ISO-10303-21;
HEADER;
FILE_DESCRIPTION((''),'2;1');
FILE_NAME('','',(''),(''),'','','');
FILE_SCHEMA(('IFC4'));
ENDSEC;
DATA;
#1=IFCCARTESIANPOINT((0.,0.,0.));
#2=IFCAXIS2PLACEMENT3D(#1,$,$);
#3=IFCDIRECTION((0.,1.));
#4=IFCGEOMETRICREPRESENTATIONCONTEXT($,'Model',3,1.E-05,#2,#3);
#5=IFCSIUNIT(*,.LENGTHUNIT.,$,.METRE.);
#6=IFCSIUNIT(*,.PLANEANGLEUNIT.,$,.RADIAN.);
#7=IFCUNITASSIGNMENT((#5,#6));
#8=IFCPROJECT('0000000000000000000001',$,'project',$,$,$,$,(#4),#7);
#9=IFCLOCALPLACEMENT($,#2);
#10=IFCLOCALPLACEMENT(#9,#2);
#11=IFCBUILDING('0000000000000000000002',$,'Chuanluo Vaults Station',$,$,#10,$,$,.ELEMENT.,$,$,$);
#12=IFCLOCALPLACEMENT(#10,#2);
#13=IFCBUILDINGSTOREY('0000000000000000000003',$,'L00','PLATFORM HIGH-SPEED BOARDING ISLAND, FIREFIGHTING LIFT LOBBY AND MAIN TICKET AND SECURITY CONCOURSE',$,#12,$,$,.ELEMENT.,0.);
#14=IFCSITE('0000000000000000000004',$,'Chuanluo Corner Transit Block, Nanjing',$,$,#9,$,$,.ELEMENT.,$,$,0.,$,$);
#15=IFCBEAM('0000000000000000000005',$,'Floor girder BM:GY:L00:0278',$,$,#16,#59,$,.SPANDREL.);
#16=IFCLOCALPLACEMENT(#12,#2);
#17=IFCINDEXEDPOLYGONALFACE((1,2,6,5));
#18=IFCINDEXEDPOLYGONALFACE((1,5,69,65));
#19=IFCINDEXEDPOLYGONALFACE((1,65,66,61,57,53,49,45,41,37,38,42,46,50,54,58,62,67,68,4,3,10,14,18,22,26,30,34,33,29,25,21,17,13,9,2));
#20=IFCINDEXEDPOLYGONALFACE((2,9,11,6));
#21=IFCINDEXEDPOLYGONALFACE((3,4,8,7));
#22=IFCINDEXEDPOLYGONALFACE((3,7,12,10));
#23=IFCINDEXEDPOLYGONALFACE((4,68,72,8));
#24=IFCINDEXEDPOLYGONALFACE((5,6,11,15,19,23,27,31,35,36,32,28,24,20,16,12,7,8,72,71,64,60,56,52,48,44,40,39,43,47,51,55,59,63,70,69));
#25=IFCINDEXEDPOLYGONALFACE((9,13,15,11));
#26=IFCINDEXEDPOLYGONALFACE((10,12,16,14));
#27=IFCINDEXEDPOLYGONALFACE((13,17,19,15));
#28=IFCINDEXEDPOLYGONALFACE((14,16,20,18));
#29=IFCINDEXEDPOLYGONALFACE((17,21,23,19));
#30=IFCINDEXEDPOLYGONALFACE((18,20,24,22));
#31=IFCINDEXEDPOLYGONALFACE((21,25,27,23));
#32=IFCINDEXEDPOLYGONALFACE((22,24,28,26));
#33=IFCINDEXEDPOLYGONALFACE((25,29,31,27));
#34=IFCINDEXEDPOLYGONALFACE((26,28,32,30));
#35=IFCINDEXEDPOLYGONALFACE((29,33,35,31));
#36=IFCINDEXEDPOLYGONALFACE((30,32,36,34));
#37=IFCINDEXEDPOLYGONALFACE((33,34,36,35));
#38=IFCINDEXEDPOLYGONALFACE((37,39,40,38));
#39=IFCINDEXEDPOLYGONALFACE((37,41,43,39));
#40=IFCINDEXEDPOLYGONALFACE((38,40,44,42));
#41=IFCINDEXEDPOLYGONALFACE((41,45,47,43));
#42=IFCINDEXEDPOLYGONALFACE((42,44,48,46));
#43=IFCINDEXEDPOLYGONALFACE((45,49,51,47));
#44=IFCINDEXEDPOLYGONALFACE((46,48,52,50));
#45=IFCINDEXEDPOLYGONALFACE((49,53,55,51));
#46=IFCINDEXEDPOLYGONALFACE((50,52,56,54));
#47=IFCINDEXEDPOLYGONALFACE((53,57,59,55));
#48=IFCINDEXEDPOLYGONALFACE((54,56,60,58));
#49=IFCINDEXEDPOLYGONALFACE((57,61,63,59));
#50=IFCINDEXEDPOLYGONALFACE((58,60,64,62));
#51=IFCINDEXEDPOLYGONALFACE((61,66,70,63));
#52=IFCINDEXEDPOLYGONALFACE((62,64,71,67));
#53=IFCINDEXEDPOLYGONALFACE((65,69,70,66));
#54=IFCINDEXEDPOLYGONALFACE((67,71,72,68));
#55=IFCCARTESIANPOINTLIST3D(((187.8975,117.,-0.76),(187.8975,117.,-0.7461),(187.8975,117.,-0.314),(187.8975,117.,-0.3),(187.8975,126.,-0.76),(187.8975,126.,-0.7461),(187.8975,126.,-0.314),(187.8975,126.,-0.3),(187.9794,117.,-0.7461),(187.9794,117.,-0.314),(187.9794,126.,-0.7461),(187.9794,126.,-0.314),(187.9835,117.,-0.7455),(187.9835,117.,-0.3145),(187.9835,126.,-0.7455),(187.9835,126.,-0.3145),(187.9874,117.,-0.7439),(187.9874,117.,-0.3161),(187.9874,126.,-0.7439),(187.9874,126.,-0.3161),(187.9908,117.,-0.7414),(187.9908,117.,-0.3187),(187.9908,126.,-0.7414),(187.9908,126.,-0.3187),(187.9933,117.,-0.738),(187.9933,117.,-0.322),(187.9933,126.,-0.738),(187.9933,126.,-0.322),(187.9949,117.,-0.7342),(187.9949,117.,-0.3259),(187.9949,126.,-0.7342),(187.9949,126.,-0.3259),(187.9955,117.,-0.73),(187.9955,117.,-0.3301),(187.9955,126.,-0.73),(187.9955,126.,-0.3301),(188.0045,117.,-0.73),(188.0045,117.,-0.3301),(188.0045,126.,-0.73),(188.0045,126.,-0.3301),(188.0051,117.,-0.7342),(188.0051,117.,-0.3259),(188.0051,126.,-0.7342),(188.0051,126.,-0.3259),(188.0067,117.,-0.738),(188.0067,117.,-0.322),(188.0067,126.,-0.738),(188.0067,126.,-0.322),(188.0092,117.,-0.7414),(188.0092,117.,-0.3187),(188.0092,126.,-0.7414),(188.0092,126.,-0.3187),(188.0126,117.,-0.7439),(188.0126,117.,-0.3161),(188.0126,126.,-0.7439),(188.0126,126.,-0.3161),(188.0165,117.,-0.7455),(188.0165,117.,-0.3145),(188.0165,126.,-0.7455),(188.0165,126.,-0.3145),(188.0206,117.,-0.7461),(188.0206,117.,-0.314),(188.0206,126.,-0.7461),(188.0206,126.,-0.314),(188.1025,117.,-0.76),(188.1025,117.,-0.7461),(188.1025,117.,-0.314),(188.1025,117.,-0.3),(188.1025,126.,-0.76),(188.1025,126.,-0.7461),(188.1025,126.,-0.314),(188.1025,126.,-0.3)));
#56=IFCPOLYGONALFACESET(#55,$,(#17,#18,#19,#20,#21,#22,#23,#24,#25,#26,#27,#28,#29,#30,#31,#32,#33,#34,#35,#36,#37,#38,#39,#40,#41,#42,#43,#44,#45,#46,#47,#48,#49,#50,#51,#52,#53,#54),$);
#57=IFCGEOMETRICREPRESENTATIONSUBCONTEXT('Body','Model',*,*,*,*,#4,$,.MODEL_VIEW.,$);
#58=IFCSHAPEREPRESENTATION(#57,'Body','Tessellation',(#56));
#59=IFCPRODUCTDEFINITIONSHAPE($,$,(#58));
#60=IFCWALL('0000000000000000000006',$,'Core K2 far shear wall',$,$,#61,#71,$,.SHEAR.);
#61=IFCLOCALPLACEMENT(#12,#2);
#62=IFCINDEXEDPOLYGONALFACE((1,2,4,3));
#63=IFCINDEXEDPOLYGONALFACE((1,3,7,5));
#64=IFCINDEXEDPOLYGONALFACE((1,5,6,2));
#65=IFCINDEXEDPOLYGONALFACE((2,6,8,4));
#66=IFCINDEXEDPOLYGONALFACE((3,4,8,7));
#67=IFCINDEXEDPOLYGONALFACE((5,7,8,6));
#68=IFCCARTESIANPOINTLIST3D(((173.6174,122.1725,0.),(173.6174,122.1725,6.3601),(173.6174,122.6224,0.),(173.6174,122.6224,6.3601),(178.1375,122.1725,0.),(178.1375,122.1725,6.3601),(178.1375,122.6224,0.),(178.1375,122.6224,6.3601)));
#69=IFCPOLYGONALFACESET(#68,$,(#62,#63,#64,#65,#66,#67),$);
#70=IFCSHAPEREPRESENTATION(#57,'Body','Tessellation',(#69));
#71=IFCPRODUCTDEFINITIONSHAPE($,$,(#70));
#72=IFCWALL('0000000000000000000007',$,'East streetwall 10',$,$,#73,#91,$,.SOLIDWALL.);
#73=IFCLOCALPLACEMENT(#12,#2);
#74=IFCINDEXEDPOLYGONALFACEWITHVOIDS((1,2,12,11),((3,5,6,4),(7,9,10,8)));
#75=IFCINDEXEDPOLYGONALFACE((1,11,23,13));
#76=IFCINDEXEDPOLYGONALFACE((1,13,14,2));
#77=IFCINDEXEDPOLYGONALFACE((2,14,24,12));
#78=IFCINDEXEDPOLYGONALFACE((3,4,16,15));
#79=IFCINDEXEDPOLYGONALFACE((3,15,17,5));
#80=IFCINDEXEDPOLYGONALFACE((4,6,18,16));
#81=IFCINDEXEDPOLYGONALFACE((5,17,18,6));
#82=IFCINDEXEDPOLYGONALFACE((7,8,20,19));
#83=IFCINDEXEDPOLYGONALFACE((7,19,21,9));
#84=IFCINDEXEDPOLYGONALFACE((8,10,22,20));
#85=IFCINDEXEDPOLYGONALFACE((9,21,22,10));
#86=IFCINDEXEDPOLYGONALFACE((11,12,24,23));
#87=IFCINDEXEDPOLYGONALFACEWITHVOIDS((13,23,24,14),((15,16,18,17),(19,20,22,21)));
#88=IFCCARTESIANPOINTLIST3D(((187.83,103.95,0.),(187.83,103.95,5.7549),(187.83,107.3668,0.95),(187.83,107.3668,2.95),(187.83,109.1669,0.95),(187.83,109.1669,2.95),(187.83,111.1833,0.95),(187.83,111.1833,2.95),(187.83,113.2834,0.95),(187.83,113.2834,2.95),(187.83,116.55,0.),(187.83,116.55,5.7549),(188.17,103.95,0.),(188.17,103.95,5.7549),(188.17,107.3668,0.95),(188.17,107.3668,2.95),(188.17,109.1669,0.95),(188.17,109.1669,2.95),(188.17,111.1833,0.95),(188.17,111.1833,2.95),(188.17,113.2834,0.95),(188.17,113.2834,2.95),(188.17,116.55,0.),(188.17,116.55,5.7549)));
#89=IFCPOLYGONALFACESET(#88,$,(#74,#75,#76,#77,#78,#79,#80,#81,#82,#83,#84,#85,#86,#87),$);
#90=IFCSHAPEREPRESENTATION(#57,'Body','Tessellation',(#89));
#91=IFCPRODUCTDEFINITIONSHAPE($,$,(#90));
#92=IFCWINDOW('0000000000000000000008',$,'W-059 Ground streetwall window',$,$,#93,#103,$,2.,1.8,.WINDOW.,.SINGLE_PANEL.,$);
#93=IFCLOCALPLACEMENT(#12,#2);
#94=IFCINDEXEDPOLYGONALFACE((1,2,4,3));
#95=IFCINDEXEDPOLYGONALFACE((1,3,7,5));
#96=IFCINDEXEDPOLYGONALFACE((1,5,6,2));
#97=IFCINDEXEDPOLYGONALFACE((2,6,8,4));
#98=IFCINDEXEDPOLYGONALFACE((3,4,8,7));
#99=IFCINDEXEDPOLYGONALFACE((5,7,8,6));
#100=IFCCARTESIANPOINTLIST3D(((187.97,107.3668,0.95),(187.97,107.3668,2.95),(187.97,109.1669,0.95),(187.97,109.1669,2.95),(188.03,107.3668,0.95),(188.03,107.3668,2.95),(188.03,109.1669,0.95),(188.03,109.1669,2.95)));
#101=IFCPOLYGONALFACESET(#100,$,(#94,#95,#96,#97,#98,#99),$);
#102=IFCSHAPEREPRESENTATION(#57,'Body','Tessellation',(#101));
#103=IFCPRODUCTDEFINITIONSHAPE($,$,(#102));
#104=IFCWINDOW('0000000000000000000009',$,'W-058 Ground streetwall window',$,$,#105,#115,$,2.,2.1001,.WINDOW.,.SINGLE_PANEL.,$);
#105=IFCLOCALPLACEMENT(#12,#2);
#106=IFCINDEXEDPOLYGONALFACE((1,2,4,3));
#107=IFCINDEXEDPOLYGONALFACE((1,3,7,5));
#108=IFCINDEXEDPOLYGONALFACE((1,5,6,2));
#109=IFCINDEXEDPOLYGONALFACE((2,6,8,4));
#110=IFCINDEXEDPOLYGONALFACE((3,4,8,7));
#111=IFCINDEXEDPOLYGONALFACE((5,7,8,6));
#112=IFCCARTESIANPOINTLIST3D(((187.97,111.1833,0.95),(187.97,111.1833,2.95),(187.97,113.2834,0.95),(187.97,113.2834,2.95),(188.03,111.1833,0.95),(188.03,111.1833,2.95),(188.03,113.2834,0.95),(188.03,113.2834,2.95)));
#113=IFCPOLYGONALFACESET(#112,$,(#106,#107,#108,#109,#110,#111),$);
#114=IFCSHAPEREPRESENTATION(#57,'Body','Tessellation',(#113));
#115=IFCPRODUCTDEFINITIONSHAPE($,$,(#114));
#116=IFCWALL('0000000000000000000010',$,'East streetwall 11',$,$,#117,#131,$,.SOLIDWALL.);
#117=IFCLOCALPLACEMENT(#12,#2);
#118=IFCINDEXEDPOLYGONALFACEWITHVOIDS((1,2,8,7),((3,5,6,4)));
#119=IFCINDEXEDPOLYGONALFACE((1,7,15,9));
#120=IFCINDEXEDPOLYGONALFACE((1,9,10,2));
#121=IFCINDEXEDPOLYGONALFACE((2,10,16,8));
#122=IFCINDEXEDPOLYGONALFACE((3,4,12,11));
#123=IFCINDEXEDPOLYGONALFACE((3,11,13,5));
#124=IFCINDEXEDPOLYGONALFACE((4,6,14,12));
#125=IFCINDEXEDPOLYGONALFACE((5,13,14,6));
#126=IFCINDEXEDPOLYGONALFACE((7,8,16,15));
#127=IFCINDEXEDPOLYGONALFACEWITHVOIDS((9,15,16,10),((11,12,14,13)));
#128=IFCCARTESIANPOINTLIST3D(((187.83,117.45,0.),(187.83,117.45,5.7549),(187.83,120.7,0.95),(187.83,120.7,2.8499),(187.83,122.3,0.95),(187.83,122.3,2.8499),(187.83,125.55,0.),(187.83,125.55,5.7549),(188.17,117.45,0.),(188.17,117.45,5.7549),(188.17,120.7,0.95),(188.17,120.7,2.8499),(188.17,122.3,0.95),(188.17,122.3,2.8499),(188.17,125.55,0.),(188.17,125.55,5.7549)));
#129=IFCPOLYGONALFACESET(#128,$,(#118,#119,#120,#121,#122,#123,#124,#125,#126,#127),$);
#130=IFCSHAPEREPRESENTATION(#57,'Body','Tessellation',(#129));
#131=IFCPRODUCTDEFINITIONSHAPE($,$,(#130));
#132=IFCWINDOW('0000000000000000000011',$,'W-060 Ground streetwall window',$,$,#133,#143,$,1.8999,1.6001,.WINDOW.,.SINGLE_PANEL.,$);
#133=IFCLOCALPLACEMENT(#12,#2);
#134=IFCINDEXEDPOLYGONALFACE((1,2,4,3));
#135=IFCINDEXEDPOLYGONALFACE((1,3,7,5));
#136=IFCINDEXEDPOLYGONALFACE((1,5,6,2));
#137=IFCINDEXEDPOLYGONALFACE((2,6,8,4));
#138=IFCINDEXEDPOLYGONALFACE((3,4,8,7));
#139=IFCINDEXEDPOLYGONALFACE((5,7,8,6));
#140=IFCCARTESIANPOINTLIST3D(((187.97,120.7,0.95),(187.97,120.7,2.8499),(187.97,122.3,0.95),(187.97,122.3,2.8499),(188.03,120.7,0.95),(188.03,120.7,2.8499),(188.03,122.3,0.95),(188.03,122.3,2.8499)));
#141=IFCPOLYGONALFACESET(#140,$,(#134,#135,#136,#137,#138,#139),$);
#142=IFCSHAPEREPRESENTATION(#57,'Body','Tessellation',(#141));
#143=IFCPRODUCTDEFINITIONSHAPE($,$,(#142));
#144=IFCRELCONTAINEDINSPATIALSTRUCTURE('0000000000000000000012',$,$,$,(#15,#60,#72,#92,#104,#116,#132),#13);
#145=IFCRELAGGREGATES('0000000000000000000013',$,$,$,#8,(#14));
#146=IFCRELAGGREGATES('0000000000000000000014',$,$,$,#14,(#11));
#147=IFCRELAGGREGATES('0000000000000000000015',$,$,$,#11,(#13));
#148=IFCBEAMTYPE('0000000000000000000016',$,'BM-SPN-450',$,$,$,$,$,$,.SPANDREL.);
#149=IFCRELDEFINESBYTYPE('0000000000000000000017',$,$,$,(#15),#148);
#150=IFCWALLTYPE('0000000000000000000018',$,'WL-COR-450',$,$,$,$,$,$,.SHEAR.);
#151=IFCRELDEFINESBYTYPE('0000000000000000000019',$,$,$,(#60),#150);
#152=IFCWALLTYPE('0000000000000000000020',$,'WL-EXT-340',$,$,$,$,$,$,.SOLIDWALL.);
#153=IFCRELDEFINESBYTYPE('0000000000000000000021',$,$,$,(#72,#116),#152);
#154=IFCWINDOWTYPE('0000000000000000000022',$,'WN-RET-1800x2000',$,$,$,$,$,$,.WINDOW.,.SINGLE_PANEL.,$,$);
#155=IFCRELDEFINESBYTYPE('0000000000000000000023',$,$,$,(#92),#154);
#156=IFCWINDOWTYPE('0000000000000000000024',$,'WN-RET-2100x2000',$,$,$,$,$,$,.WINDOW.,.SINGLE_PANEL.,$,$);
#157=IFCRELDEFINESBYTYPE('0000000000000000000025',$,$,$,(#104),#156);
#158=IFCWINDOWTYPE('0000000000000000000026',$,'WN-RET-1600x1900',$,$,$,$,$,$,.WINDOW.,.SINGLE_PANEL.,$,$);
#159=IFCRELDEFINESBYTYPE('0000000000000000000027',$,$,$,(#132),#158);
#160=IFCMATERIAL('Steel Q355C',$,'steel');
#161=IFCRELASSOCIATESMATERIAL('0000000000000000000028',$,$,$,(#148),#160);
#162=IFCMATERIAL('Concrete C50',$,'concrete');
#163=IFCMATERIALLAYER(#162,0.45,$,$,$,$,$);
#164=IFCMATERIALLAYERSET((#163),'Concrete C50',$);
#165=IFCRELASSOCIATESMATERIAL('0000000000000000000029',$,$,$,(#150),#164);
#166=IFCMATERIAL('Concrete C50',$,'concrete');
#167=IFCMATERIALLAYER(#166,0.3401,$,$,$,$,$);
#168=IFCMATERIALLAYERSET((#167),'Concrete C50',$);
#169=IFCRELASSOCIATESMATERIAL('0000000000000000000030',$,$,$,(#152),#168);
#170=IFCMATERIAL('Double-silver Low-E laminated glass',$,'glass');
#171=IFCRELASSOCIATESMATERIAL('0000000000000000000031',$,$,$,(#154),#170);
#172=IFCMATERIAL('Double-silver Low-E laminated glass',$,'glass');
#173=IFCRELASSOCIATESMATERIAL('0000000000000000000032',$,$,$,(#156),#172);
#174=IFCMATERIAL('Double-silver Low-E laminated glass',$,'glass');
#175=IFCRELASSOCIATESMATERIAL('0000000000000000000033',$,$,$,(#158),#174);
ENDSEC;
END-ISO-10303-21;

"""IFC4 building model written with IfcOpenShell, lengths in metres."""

from ifc_helpers import new_model, si_unit, direction, frame, frame_2d, origin, origin_2d, place, context, subcontext, project, spatial, rectangle, i_section, extrude, material, layer, layer_set, material_profile, profile_set, type_object, element, fill, save


model = new_model("IFC4")

# Units and contexts
model_context = context("Model", 3, precision=1e-05, world=origin(), true_north=direction((0.0, 1.0)))
body_context = subcontext(model_context, "Body", "Model", "MODEL_VIEW")
ifc_project = project(units=[si_unit("LENGTHUNIT", "METRE"), si_unit("PLANEANGLEUNIT", "RADIAN")], contexts=[model_context])

# Site, building, storey
site_placement = place(None, origin())
site = spatial("IfcSite", under=ifc_project, at=site_placement, Name="Chuanluo Corner Transit Block, Nanjing", CompositionType="ELEMENT", RefElevation=0.0)
building_placement = place(site_placement, origin())
building = spatial("IfcBuilding", under=site, at=building_placement, Name="Chuanluo Vaults Station", CompositionType="ELEMENT")
storey_placement = place(building_placement, origin())
storey = spatial("IfcBuildingStorey", under=building, at=storey_placement, Name="L00", Description="PLATFORM HIGH-SPEED BOARDING ISLAND, FIREFIGHTING LIFT LOBBY AND MAIN TICKET AND SECURITY CONCOURSE", CompositionType="ELEMENT", Elevation=0.0)

# Beam
ifc_material_1 = material(Name="Steel Q355C", Category="steel")
ifc_material_profile_1 = material_profile(ifc_material_1, i_section(OverallWidth=0.2051, OverallDepth=0.46, WebThickness=0.009, FlangeThickness=0.0139, FilletRadius=0.0161, at=origin_2d()))
ifc_profile_set_1 = profile_set([ifc_material_profile_1], Name="Steel Q355C")
beam_type_1 = type_object("IfcBeamType", Name="BM-SPN-450", PredefinedType="SPANDREL", material=ifc_profile_set_1)
beam_1_placement = place(storey_placement, frame((188.0, 117.0, -0.53), z_axis=(0.0, 1.0, 0.0), x_axis=(-1.0, 0.0, 0.0)))
element("IfcBeam", 1, at=beam_1_placement, inside=storey, type_object=beam_type_1, Name="Floor girder BM:GY:L00:0278", PredefinedType="SPANDREL", context=body_context, shape_type="SweptSolid", body=[
    extrude(i_section(OverallWidth=0.2051, OverallDepth=0.46, WebThickness=0.009, FlangeThickness=0.0139, FilletRadius=0.0161, at=origin_2d()), origin(), (0.0, 0.0, 1.0), 9.0),
])

# Wall
ifc_material_2 = material(Name="Concrete C50", Category="concrete")
ifc_layer_1 = layer(ifc_material_2, 0.45)
ifc_layer_set_1 = layer_set([ifc_layer_1], Name="Concrete C50")
wall_type_1 = type_object("IfcWallType", Name="WL-COR-450", PredefinedType="SHEAR", material=ifc_layer_set_1)
wall_1_placement = place(storey_placement, frame((178.1375, 122.3975, 0.0), z_axis=(0.0, 0.0, 1.0), x_axis=(-1.0, 0.0, 0.0)))
element("IfcWall", 2, at=wall_1_placement, inside=storey, type_object=wall_type_1, Name="Core K2 far shear wall", PredefinedType="SHEAR", context=body_context, shape_type="SweptSolid", body=[
    extrude(rectangle(XDim=4.52, YDim=0.45, at=frame_2d((2.26, 0.0))), origin(), (0.0, 0.0, 1.0), 6.3601),
])

# Wall, openings, windows
ifc_material_3 = material(Name="Concrete C50", Category="concrete")
ifc_layer_2 = layer(ifc_material_3, 0.3401)
ifc_layer_set_2 = layer_set([ifc_layer_2], Name="Concrete C50")
wall_type_2 = type_object("IfcWallType", Name="WL-EXT-340", PredefinedType="SOLIDWALL", material=ifc_layer_set_2)
wall_2_placement = place(storey_placement, frame((188.0, 116.55, 0.0), z_axis=(0.0, 0.0, 1.0), x_axis=(0.0, -1.0, 0.0)))
wall_2 = element("IfcWall", 3, at=wall_2_placement, inside=storey, type_object=wall_type_2, Name="East streetwall 10", PredefinedType="SOLIDWALL", context=body_context, shape_type="SweptSolid", body=[
    extrude(rectangle(XDim=12.6001, YDim=0.3401, at=frame_2d((6.3, 0.0))), origin(), (0.0, 0.0, 1.0), 5.7549),
])
opening_1_placement = place(wall_2_placement, frame((3.2666, 0.0, 0.95)))
opening_1 = element("IfcOpeningElement", 4, at=opening_1_placement, cuts=wall_2, PredefinedType="OPENING", context=body_context, shape_type="SweptSolid", body=[
    extrude(rectangle(XDim=2.1001, YDim=2.0, at=frame_2d((1.05, 1.0))), frame((0.0, 0.1799, 0.0), z_axis=(0.0, -1.0, 0.0), x_axis=(1.0, 0.0, 0.0)), (0.0, 0.0, 1.0), 0.3601),
])
opening_2_placement = place(wall_2_placement, frame((7.3833, 0.0, 0.95)))
opening_2 = element("IfcOpeningElement", 5, at=opening_2_placement, cuts=wall_2, PredefinedType="OPENING", context=body_context, shape_type="SweptSolid", body=[
    extrude(rectangle(XDim=1.8, YDim=2.0, at=frame_2d((0.8999, 1.0))), frame((0.0, 0.1799, 0.0), z_axis=(0.0, -1.0, 0.0), x_axis=(1.0, 0.0, 0.0)), (0.0, 0.0, 1.0), 0.3601),
])
ifc_material_4 = material(Name="Double-silver Low-E laminated glass", Category="glass")
window_type_1 = type_object("IfcWindowType", Name="WN-RET-1800x2000", PartitioningType="SINGLE_PANEL", PredefinedType="WINDOW", material=ifc_material_4)
window_1_placement = place(opening_2_placement, origin())
window_1 = element("IfcWindow", 6, at=window_1_placement, inside=storey, type_object=window_type_1, Name="W-059 Ground streetwall window", OverallHeight=2.0, OverallWidth=1.8, PartitioningType="SINGLE_PANEL", PredefinedType="WINDOW", context=body_context, shape_type="SweptSolid", body=[
    extrude(rectangle(XDim=1.8, YDim=2.0, at=frame_2d((0.8999, 1.0))), frame((0.0, 0.03, 0.0), z_axis=(0.0, -1.0, 0.0), x_axis=(1.0, 0.0, 0.0)), (0.0, 0.0, 1.0), 0.0601),
])
fill(opening_2, window_1)
ifc_material_5 = material(Name="Double-silver Low-E laminated glass", Category="glass")
window_type_2 = type_object("IfcWindowType", Name="WN-RET-2100x2000", PartitioningType="SINGLE_PANEL", PredefinedType="WINDOW", material=ifc_material_5)
window_2_placement = place(opening_1_placement, origin())
window_2 = element("IfcWindow", 7, at=window_2_placement, inside=storey, type_object=window_type_2, Name="W-058 Ground streetwall window", OverallHeight=2.0, OverallWidth=2.1001, PartitioningType="SINGLE_PANEL", PredefinedType="WINDOW", context=body_context, shape_type="SweptSolid", body=[
    extrude(rectangle(XDim=2.1001, YDim=2.0, at=frame_2d((1.05, 1.0))), frame((0.0, 0.03, 0.0), z_axis=(0.0, -1.0, 0.0), x_axis=(1.0, 0.0, 0.0)), (0.0, 0.0, 1.0), 0.0601),
])
fill(opening_1, window_2)

# Wall, opening, window
wall_3_placement = place(storey_placement, frame((188.0, 125.55, 0.0), z_axis=(0.0, 0.0, 1.0), x_axis=(0.0, -1.0, 0.0)))
wall_3 = element("IfcWall", 8, at=wall_3_placement, inside=storey, type_object=wall_type_2, Name="East streetwall 11", PredefinedType="SOLIDWALL", context=body_context, shape_type="SweptSolid", body=[
    extrude(rectangle(XDim=8.1001, YDim=0.3401, at=frame_2d((4.05, 0.0))), origin(), (0.0, 0.0, 1.0), 5.7549),
])
opening_3_placement = place(wall_3_placement, frame((3.25, 0.0, 0.95)))
opening_3 = element("IfcOpeningElement", 9, at=opening_3_placement, cuts=wall_3, PredefinedType="OPENING", context=body_context, shape_type="SweptSolid", body=[
    extrude(rectangle(XDim=1.6001, YDim=1.8999, at=frame_2d((0.8, 0.95))), frame((0.0, 0.1799, 0.0), z_axis=(0.0, -1.0, 0.0), x_axis=(1.0, 0.0, 0.0)), (0.0, 0.0, 1.0), 0.3601),
])
ifc_material_6 = material(Name="Double-silver Low-E laminated glass", Category="glass")
window_type_3 = type_object("IfcWindowType", Name="WN-RET-1600x1900", PartitioningType="SINGLE_PANEL", PredefinedType="WINDOW", material=ifc_material_6)
window_3_placement = place(opening_3_placement, origin())
window_3 = element("IfcWindow", 10, at=window_3_placement, inside=storey, type_object=window_type_3, Name="W-060 Ground streetwall window", OverallHeight=1.8999, OverallWidth=1.6001, PartitioningType="SINGLE_PANEL", PredefinedType="WINDOW", context=body_context, shape_type="SweptSolid", body=[
    extrude(rectangle(XDim=1.6001, YDim=1.8999, at=frame_2d((0.8, 0.95))), frame((0.0, 0.03, 0.0), z_axis=(0.0, -1.0, 0.0), x_axis=(1.0, 0.0, 0.0)), (0.0, 0.0, 1.0), 0.0601),
])
fill(opening_3, window_3)

save(model, "model.ifc")
